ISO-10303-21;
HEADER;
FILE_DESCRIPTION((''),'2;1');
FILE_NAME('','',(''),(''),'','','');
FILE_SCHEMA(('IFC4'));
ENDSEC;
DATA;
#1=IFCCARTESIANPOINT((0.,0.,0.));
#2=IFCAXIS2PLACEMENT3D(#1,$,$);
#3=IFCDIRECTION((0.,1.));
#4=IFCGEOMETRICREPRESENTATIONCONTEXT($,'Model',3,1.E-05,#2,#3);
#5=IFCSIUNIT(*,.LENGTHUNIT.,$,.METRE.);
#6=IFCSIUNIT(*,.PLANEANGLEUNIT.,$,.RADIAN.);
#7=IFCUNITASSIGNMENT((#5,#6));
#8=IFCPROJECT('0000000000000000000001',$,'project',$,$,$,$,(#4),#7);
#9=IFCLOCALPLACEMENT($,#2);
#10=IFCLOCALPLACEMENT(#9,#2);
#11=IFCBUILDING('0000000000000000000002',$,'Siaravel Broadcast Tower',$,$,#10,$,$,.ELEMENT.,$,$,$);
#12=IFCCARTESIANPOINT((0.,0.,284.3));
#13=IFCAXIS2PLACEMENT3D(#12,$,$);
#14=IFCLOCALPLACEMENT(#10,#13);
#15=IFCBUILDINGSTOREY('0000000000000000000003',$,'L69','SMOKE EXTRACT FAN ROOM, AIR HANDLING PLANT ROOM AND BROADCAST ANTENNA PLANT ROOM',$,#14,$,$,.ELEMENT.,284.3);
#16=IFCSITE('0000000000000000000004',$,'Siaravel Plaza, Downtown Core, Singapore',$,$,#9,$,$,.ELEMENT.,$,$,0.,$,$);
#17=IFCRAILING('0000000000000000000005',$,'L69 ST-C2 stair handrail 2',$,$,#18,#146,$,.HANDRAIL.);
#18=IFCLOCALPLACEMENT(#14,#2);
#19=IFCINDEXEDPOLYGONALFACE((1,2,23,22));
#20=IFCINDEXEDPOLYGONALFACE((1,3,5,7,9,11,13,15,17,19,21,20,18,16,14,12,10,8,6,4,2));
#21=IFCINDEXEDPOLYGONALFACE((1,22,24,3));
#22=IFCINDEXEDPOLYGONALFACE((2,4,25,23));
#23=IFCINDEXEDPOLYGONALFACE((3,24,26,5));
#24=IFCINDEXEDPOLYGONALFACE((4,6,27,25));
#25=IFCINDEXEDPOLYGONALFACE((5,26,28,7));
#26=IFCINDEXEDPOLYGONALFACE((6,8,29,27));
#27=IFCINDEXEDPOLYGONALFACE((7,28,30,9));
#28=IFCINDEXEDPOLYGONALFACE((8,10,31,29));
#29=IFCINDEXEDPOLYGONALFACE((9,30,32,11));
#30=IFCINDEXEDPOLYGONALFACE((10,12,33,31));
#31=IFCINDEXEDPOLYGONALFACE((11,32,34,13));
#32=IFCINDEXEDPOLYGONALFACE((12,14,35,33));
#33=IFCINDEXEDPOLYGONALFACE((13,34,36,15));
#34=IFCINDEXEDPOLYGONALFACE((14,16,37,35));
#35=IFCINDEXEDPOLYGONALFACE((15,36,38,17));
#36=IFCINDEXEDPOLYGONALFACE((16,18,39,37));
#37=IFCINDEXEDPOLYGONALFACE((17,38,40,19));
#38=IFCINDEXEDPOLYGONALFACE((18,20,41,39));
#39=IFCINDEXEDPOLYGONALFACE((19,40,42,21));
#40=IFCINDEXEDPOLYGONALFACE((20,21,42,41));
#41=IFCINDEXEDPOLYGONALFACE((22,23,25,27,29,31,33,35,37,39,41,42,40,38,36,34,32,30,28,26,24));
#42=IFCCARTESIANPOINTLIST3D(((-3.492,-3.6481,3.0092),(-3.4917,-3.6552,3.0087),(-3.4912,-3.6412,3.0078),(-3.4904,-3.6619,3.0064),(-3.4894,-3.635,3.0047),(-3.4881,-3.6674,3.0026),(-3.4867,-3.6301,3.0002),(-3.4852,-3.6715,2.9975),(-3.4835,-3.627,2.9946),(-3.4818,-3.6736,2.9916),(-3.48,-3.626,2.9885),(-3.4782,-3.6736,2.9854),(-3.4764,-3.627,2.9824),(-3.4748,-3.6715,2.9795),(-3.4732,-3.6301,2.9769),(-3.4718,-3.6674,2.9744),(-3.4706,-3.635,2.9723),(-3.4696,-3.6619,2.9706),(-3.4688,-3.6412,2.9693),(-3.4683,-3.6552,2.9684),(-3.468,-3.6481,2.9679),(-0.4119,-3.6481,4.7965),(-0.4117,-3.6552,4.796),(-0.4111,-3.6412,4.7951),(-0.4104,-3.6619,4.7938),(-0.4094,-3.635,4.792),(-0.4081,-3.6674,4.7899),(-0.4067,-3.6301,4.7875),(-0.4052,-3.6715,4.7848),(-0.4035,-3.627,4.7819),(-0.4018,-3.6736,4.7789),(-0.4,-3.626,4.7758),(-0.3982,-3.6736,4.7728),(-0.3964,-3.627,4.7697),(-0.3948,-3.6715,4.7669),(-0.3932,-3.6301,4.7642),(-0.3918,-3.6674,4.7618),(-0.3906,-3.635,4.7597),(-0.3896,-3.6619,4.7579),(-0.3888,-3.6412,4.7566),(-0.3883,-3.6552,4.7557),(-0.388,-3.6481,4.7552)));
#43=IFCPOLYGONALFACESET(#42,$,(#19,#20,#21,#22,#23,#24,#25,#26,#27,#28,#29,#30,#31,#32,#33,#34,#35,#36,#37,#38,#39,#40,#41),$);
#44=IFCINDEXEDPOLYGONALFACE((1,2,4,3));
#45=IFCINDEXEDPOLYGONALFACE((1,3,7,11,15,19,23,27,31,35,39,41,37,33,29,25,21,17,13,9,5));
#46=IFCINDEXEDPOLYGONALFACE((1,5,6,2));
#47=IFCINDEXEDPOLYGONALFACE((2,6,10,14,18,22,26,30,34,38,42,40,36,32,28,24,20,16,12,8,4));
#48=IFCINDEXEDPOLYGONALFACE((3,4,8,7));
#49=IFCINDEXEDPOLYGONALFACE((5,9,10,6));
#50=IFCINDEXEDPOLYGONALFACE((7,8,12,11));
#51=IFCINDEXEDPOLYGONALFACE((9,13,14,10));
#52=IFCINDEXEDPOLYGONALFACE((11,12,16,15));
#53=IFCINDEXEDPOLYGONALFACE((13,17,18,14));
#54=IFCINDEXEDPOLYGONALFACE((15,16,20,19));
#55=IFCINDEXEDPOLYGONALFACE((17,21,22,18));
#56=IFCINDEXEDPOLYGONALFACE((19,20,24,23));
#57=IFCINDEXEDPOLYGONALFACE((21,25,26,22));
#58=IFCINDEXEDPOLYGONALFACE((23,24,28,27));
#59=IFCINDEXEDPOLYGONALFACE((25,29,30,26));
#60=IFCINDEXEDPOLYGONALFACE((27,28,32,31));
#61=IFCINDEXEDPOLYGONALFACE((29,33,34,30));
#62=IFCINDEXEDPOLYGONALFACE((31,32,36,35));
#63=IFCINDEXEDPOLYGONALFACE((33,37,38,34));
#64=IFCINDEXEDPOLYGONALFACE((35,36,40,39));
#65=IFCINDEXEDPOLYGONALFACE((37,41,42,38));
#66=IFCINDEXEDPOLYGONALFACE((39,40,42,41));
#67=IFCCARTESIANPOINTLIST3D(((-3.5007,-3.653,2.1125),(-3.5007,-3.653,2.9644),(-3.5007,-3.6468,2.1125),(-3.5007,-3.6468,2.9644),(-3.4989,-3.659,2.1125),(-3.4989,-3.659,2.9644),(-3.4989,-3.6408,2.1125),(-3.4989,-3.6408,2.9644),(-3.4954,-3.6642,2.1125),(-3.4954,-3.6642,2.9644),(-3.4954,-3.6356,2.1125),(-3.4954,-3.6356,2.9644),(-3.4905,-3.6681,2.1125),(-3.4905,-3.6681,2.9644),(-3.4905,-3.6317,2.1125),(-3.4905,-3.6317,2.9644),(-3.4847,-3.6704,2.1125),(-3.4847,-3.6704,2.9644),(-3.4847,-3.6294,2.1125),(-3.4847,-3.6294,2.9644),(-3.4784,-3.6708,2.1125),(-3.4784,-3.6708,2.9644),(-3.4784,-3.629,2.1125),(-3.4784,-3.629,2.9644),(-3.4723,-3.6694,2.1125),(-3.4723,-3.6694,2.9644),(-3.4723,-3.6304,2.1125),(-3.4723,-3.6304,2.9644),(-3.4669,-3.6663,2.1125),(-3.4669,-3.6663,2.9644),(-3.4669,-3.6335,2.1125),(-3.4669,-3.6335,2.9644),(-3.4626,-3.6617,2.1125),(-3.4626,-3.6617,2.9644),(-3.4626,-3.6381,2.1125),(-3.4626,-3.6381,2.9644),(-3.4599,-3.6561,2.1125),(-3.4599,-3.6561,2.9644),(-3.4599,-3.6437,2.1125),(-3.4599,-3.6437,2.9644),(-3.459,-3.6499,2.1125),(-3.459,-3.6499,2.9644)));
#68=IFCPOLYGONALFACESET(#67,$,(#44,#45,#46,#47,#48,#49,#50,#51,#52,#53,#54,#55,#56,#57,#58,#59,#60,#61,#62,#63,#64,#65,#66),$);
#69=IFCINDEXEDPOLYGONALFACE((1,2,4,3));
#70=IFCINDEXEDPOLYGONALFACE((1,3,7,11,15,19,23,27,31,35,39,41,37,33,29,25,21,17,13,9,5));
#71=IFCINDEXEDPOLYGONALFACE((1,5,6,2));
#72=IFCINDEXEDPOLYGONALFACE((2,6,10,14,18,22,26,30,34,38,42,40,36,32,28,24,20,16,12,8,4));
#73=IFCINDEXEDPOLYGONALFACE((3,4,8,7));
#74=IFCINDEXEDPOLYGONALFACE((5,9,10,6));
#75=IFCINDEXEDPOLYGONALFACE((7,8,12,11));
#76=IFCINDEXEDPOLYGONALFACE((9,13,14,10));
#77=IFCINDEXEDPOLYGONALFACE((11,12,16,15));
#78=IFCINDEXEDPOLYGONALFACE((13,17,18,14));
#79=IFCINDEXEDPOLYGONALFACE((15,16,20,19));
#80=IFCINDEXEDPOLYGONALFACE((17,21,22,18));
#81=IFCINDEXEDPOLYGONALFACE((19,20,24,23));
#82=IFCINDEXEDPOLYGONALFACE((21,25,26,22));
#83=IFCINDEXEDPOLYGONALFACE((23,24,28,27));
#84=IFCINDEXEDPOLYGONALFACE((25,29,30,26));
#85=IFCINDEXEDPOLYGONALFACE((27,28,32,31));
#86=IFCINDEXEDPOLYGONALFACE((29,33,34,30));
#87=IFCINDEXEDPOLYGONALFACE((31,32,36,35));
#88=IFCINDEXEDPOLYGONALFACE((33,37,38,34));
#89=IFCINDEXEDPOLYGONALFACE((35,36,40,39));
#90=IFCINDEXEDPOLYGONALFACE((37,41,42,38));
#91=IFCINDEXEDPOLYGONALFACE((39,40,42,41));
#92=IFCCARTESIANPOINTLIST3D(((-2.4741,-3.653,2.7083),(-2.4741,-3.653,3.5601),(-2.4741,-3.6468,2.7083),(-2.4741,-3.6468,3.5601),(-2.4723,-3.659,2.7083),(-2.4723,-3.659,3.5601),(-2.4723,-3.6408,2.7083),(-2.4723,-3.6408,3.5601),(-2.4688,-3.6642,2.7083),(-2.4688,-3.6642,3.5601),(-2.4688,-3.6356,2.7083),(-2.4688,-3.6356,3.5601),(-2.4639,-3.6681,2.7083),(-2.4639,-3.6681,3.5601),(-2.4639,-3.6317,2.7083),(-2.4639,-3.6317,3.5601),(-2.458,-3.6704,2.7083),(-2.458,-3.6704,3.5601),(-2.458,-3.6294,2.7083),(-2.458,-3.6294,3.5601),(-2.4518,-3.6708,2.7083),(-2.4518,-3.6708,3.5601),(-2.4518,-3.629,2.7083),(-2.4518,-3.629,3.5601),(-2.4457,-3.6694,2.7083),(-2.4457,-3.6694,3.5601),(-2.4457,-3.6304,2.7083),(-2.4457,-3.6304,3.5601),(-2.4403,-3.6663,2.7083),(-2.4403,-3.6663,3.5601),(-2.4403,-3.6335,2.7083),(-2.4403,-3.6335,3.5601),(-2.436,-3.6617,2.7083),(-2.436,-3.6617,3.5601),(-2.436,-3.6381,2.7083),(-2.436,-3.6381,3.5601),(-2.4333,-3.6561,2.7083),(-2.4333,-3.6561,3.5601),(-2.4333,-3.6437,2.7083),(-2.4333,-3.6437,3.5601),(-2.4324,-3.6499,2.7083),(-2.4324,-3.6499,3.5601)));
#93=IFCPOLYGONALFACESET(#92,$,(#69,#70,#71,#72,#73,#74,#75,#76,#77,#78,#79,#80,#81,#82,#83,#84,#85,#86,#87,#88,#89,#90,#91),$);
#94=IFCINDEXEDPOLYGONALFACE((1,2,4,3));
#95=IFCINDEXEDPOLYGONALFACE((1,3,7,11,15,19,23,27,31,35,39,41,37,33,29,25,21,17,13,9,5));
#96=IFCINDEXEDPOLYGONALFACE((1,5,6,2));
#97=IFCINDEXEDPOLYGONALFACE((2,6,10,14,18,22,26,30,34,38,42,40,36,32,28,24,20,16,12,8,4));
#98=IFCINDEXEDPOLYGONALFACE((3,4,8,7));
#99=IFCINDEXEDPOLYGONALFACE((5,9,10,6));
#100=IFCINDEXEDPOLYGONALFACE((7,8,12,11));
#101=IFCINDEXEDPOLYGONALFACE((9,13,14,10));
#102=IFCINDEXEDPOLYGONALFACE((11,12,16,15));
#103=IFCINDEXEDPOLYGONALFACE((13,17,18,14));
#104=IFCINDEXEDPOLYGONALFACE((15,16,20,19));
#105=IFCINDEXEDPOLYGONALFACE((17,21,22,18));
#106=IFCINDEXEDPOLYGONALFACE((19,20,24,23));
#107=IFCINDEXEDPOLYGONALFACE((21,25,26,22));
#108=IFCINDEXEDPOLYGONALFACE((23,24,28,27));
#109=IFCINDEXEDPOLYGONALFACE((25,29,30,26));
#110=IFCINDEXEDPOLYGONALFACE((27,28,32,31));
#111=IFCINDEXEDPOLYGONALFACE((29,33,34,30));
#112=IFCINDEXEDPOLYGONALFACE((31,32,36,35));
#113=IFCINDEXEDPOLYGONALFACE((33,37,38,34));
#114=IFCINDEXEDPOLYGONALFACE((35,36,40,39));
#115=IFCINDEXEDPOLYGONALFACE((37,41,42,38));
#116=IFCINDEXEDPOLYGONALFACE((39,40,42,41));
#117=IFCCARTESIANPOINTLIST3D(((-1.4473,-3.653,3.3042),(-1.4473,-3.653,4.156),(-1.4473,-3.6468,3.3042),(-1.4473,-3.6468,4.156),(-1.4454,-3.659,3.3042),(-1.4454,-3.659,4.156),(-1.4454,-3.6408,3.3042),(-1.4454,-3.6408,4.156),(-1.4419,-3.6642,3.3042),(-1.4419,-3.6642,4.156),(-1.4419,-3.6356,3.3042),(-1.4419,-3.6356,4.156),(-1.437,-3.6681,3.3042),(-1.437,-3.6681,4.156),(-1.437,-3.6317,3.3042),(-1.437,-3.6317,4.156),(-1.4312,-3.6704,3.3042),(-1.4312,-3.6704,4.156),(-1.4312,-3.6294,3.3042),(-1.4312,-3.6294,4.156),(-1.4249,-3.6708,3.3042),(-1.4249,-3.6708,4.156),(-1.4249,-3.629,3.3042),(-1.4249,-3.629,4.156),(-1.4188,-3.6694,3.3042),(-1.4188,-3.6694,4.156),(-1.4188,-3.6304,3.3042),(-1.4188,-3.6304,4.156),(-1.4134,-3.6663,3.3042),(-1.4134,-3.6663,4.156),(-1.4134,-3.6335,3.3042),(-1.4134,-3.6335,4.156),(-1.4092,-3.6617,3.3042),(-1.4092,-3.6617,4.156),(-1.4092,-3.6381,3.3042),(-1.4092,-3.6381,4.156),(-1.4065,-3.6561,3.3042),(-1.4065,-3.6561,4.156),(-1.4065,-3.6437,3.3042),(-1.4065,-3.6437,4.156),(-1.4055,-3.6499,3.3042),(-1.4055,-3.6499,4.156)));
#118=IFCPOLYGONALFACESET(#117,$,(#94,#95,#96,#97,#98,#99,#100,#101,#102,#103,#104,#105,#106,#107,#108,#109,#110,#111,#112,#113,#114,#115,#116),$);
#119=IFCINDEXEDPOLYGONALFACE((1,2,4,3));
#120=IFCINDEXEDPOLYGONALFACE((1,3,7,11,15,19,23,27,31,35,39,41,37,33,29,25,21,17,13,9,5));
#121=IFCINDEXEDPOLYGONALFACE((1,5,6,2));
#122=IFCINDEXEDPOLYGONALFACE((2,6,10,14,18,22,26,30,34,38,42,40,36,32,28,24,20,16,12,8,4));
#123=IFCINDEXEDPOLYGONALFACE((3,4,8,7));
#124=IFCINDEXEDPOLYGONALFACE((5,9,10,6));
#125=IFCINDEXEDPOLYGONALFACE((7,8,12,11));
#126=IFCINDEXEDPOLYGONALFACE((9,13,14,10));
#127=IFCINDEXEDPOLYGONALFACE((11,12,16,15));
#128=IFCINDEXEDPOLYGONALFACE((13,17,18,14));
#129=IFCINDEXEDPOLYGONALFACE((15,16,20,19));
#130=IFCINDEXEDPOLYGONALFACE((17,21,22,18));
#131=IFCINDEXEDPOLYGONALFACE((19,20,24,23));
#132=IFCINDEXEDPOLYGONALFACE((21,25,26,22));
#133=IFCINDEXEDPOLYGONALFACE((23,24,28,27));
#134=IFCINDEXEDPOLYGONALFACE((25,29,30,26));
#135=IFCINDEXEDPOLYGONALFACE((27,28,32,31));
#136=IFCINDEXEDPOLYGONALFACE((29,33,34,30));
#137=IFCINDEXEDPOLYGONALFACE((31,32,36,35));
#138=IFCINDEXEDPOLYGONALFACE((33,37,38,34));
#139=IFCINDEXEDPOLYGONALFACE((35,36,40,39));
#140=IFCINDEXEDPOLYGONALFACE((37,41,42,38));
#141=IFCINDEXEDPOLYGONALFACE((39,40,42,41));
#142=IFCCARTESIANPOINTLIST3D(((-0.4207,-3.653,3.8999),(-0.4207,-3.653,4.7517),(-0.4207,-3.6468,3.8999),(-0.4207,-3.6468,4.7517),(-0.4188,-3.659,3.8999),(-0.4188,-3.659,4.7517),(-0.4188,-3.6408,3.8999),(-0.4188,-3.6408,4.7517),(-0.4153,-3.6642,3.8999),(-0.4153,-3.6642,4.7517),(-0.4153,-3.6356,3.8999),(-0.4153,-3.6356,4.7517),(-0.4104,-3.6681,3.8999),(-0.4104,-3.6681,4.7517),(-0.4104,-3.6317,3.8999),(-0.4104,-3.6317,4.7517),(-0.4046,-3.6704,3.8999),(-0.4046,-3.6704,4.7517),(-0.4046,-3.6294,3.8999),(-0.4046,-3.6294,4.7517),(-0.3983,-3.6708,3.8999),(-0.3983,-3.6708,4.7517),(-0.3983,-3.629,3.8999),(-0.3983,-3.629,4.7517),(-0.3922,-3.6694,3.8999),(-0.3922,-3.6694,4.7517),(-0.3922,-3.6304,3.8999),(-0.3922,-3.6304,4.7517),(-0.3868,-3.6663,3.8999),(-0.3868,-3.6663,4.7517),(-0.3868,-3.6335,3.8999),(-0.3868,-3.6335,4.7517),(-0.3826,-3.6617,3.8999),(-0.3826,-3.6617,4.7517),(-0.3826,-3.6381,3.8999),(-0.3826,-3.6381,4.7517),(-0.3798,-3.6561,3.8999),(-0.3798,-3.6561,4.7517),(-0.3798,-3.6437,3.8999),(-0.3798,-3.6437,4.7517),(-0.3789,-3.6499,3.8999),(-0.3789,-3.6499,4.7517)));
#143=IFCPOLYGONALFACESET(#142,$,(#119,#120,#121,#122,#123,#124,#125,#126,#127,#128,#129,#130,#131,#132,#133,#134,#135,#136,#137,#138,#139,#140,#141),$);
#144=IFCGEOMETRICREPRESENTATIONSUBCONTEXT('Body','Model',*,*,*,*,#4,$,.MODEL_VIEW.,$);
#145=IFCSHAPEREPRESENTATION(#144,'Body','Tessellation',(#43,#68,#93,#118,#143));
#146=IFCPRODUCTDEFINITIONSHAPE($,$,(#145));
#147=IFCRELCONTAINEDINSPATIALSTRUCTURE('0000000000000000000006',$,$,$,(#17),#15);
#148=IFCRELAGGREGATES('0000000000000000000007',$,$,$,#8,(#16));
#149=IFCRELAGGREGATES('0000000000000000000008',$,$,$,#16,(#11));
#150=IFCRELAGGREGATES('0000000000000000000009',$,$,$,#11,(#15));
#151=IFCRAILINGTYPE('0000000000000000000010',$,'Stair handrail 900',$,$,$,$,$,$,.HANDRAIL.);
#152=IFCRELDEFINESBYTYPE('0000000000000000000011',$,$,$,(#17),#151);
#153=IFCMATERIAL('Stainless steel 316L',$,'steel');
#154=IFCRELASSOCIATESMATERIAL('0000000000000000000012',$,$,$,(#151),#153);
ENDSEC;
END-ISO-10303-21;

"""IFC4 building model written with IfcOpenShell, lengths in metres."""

from ifc_helpers import new_model, si_unit, direction, frame, origin, origin_2d, place, context, subcontext, project, spatial, circle, extrude, material, type_object, element, save


model = new_model("IFC4")

# Units and contexts
model_context = context("Model", 3, precision=1e-05, world=origin(), true_north=direction((0.0, 1.0)))
body_context = subcontext(model_context, "Body", "Model", "MODEL_VIEW")
ifc_project = project(units=[si_unit("LENGTHUNIT", "METRE"), si_unit("PLANEANGLEUNIT", "RADIAN")], contexts=[model_context])

# Site, building, storey
site_placement = place(None, origin())
site = spatial("IfcSite", under=ifc_project, at=site_placement, Name="Siaravel Plaza, Downtown Core, Singapore", CompositionType="ELEMENT", RefElevation=0.0)
building_placement = place(site_placement, origin())
building = spatial("IfcBuilding", under=site, at=building_placement, Name="Siaravel Broadcast Tower", CompositionType="ELEMENT")
storey_placement = place(building_placement, frame((0.0, 0.0, 284.3)))
storey = spatial("IfcBuildingStorey", under=building, at=storey_placement, Name="L69", Description="SMOKE EXTRACT FAN ROOM, AIR HANDLING PLANT ROOM AND BROADCAST ANTENNA PLANT ROOM", CompositionType="ELEMENT", Elevation=284.3)

# Shared definitions
ifc_material_1 = material(Name="Stainless steel 316L", Category="steel")

# Railing
railing_type_1 = type_object("IfcRailingType", Name="Stair handrail 900", PredefinedType="HANDRAIL", material=ifc_material_1)
railing_1_placement = place(storey_placement, frame((-3.48, -3.6499, 2.1125)))
element("IfcRailing", 1, at=railing_1_placement, inside=storey, type_object=railing_type_1, Name="L69 ST-C2 stair handrail 2", PredefinedType="HANDRAIL", context=body_context, shape_type="SweptSolid", body=[
    extrude(circle(Radius=0.0239, at=origin_2d()), frame((0.0, 0.0, 0.876), z_axis=(0.86492, 0.0, 0.501909), x_axis=(0.0, 1.0, 0.0)), (0.0, 0.0, 1.0), 3.561),
    extrude(circle(Radius=0.021, at=origin_2d()), origin(), (0.0, 0.0, 1.0), 0.8518),
    extrude(circle(Radius=0.021, at=origin_2d()), frame((1.0266, 0.0, 0.5957)), (0.0, 0.0, 1.0), 0.8518),
    extrude(circle(Radius=0.021, at=origin_2d()), frame((2.0535, 0.0, 1.1917)), (0.0, 0.0, 1.0), 0.8518),
    extrude(circle(Radius=0.021, at=origin_2d()), frame((3.0801, 0.0, 1.7874)), (0.0, 0.0, 1.0), 0.8518),
])

save(model, "model.ifc")
